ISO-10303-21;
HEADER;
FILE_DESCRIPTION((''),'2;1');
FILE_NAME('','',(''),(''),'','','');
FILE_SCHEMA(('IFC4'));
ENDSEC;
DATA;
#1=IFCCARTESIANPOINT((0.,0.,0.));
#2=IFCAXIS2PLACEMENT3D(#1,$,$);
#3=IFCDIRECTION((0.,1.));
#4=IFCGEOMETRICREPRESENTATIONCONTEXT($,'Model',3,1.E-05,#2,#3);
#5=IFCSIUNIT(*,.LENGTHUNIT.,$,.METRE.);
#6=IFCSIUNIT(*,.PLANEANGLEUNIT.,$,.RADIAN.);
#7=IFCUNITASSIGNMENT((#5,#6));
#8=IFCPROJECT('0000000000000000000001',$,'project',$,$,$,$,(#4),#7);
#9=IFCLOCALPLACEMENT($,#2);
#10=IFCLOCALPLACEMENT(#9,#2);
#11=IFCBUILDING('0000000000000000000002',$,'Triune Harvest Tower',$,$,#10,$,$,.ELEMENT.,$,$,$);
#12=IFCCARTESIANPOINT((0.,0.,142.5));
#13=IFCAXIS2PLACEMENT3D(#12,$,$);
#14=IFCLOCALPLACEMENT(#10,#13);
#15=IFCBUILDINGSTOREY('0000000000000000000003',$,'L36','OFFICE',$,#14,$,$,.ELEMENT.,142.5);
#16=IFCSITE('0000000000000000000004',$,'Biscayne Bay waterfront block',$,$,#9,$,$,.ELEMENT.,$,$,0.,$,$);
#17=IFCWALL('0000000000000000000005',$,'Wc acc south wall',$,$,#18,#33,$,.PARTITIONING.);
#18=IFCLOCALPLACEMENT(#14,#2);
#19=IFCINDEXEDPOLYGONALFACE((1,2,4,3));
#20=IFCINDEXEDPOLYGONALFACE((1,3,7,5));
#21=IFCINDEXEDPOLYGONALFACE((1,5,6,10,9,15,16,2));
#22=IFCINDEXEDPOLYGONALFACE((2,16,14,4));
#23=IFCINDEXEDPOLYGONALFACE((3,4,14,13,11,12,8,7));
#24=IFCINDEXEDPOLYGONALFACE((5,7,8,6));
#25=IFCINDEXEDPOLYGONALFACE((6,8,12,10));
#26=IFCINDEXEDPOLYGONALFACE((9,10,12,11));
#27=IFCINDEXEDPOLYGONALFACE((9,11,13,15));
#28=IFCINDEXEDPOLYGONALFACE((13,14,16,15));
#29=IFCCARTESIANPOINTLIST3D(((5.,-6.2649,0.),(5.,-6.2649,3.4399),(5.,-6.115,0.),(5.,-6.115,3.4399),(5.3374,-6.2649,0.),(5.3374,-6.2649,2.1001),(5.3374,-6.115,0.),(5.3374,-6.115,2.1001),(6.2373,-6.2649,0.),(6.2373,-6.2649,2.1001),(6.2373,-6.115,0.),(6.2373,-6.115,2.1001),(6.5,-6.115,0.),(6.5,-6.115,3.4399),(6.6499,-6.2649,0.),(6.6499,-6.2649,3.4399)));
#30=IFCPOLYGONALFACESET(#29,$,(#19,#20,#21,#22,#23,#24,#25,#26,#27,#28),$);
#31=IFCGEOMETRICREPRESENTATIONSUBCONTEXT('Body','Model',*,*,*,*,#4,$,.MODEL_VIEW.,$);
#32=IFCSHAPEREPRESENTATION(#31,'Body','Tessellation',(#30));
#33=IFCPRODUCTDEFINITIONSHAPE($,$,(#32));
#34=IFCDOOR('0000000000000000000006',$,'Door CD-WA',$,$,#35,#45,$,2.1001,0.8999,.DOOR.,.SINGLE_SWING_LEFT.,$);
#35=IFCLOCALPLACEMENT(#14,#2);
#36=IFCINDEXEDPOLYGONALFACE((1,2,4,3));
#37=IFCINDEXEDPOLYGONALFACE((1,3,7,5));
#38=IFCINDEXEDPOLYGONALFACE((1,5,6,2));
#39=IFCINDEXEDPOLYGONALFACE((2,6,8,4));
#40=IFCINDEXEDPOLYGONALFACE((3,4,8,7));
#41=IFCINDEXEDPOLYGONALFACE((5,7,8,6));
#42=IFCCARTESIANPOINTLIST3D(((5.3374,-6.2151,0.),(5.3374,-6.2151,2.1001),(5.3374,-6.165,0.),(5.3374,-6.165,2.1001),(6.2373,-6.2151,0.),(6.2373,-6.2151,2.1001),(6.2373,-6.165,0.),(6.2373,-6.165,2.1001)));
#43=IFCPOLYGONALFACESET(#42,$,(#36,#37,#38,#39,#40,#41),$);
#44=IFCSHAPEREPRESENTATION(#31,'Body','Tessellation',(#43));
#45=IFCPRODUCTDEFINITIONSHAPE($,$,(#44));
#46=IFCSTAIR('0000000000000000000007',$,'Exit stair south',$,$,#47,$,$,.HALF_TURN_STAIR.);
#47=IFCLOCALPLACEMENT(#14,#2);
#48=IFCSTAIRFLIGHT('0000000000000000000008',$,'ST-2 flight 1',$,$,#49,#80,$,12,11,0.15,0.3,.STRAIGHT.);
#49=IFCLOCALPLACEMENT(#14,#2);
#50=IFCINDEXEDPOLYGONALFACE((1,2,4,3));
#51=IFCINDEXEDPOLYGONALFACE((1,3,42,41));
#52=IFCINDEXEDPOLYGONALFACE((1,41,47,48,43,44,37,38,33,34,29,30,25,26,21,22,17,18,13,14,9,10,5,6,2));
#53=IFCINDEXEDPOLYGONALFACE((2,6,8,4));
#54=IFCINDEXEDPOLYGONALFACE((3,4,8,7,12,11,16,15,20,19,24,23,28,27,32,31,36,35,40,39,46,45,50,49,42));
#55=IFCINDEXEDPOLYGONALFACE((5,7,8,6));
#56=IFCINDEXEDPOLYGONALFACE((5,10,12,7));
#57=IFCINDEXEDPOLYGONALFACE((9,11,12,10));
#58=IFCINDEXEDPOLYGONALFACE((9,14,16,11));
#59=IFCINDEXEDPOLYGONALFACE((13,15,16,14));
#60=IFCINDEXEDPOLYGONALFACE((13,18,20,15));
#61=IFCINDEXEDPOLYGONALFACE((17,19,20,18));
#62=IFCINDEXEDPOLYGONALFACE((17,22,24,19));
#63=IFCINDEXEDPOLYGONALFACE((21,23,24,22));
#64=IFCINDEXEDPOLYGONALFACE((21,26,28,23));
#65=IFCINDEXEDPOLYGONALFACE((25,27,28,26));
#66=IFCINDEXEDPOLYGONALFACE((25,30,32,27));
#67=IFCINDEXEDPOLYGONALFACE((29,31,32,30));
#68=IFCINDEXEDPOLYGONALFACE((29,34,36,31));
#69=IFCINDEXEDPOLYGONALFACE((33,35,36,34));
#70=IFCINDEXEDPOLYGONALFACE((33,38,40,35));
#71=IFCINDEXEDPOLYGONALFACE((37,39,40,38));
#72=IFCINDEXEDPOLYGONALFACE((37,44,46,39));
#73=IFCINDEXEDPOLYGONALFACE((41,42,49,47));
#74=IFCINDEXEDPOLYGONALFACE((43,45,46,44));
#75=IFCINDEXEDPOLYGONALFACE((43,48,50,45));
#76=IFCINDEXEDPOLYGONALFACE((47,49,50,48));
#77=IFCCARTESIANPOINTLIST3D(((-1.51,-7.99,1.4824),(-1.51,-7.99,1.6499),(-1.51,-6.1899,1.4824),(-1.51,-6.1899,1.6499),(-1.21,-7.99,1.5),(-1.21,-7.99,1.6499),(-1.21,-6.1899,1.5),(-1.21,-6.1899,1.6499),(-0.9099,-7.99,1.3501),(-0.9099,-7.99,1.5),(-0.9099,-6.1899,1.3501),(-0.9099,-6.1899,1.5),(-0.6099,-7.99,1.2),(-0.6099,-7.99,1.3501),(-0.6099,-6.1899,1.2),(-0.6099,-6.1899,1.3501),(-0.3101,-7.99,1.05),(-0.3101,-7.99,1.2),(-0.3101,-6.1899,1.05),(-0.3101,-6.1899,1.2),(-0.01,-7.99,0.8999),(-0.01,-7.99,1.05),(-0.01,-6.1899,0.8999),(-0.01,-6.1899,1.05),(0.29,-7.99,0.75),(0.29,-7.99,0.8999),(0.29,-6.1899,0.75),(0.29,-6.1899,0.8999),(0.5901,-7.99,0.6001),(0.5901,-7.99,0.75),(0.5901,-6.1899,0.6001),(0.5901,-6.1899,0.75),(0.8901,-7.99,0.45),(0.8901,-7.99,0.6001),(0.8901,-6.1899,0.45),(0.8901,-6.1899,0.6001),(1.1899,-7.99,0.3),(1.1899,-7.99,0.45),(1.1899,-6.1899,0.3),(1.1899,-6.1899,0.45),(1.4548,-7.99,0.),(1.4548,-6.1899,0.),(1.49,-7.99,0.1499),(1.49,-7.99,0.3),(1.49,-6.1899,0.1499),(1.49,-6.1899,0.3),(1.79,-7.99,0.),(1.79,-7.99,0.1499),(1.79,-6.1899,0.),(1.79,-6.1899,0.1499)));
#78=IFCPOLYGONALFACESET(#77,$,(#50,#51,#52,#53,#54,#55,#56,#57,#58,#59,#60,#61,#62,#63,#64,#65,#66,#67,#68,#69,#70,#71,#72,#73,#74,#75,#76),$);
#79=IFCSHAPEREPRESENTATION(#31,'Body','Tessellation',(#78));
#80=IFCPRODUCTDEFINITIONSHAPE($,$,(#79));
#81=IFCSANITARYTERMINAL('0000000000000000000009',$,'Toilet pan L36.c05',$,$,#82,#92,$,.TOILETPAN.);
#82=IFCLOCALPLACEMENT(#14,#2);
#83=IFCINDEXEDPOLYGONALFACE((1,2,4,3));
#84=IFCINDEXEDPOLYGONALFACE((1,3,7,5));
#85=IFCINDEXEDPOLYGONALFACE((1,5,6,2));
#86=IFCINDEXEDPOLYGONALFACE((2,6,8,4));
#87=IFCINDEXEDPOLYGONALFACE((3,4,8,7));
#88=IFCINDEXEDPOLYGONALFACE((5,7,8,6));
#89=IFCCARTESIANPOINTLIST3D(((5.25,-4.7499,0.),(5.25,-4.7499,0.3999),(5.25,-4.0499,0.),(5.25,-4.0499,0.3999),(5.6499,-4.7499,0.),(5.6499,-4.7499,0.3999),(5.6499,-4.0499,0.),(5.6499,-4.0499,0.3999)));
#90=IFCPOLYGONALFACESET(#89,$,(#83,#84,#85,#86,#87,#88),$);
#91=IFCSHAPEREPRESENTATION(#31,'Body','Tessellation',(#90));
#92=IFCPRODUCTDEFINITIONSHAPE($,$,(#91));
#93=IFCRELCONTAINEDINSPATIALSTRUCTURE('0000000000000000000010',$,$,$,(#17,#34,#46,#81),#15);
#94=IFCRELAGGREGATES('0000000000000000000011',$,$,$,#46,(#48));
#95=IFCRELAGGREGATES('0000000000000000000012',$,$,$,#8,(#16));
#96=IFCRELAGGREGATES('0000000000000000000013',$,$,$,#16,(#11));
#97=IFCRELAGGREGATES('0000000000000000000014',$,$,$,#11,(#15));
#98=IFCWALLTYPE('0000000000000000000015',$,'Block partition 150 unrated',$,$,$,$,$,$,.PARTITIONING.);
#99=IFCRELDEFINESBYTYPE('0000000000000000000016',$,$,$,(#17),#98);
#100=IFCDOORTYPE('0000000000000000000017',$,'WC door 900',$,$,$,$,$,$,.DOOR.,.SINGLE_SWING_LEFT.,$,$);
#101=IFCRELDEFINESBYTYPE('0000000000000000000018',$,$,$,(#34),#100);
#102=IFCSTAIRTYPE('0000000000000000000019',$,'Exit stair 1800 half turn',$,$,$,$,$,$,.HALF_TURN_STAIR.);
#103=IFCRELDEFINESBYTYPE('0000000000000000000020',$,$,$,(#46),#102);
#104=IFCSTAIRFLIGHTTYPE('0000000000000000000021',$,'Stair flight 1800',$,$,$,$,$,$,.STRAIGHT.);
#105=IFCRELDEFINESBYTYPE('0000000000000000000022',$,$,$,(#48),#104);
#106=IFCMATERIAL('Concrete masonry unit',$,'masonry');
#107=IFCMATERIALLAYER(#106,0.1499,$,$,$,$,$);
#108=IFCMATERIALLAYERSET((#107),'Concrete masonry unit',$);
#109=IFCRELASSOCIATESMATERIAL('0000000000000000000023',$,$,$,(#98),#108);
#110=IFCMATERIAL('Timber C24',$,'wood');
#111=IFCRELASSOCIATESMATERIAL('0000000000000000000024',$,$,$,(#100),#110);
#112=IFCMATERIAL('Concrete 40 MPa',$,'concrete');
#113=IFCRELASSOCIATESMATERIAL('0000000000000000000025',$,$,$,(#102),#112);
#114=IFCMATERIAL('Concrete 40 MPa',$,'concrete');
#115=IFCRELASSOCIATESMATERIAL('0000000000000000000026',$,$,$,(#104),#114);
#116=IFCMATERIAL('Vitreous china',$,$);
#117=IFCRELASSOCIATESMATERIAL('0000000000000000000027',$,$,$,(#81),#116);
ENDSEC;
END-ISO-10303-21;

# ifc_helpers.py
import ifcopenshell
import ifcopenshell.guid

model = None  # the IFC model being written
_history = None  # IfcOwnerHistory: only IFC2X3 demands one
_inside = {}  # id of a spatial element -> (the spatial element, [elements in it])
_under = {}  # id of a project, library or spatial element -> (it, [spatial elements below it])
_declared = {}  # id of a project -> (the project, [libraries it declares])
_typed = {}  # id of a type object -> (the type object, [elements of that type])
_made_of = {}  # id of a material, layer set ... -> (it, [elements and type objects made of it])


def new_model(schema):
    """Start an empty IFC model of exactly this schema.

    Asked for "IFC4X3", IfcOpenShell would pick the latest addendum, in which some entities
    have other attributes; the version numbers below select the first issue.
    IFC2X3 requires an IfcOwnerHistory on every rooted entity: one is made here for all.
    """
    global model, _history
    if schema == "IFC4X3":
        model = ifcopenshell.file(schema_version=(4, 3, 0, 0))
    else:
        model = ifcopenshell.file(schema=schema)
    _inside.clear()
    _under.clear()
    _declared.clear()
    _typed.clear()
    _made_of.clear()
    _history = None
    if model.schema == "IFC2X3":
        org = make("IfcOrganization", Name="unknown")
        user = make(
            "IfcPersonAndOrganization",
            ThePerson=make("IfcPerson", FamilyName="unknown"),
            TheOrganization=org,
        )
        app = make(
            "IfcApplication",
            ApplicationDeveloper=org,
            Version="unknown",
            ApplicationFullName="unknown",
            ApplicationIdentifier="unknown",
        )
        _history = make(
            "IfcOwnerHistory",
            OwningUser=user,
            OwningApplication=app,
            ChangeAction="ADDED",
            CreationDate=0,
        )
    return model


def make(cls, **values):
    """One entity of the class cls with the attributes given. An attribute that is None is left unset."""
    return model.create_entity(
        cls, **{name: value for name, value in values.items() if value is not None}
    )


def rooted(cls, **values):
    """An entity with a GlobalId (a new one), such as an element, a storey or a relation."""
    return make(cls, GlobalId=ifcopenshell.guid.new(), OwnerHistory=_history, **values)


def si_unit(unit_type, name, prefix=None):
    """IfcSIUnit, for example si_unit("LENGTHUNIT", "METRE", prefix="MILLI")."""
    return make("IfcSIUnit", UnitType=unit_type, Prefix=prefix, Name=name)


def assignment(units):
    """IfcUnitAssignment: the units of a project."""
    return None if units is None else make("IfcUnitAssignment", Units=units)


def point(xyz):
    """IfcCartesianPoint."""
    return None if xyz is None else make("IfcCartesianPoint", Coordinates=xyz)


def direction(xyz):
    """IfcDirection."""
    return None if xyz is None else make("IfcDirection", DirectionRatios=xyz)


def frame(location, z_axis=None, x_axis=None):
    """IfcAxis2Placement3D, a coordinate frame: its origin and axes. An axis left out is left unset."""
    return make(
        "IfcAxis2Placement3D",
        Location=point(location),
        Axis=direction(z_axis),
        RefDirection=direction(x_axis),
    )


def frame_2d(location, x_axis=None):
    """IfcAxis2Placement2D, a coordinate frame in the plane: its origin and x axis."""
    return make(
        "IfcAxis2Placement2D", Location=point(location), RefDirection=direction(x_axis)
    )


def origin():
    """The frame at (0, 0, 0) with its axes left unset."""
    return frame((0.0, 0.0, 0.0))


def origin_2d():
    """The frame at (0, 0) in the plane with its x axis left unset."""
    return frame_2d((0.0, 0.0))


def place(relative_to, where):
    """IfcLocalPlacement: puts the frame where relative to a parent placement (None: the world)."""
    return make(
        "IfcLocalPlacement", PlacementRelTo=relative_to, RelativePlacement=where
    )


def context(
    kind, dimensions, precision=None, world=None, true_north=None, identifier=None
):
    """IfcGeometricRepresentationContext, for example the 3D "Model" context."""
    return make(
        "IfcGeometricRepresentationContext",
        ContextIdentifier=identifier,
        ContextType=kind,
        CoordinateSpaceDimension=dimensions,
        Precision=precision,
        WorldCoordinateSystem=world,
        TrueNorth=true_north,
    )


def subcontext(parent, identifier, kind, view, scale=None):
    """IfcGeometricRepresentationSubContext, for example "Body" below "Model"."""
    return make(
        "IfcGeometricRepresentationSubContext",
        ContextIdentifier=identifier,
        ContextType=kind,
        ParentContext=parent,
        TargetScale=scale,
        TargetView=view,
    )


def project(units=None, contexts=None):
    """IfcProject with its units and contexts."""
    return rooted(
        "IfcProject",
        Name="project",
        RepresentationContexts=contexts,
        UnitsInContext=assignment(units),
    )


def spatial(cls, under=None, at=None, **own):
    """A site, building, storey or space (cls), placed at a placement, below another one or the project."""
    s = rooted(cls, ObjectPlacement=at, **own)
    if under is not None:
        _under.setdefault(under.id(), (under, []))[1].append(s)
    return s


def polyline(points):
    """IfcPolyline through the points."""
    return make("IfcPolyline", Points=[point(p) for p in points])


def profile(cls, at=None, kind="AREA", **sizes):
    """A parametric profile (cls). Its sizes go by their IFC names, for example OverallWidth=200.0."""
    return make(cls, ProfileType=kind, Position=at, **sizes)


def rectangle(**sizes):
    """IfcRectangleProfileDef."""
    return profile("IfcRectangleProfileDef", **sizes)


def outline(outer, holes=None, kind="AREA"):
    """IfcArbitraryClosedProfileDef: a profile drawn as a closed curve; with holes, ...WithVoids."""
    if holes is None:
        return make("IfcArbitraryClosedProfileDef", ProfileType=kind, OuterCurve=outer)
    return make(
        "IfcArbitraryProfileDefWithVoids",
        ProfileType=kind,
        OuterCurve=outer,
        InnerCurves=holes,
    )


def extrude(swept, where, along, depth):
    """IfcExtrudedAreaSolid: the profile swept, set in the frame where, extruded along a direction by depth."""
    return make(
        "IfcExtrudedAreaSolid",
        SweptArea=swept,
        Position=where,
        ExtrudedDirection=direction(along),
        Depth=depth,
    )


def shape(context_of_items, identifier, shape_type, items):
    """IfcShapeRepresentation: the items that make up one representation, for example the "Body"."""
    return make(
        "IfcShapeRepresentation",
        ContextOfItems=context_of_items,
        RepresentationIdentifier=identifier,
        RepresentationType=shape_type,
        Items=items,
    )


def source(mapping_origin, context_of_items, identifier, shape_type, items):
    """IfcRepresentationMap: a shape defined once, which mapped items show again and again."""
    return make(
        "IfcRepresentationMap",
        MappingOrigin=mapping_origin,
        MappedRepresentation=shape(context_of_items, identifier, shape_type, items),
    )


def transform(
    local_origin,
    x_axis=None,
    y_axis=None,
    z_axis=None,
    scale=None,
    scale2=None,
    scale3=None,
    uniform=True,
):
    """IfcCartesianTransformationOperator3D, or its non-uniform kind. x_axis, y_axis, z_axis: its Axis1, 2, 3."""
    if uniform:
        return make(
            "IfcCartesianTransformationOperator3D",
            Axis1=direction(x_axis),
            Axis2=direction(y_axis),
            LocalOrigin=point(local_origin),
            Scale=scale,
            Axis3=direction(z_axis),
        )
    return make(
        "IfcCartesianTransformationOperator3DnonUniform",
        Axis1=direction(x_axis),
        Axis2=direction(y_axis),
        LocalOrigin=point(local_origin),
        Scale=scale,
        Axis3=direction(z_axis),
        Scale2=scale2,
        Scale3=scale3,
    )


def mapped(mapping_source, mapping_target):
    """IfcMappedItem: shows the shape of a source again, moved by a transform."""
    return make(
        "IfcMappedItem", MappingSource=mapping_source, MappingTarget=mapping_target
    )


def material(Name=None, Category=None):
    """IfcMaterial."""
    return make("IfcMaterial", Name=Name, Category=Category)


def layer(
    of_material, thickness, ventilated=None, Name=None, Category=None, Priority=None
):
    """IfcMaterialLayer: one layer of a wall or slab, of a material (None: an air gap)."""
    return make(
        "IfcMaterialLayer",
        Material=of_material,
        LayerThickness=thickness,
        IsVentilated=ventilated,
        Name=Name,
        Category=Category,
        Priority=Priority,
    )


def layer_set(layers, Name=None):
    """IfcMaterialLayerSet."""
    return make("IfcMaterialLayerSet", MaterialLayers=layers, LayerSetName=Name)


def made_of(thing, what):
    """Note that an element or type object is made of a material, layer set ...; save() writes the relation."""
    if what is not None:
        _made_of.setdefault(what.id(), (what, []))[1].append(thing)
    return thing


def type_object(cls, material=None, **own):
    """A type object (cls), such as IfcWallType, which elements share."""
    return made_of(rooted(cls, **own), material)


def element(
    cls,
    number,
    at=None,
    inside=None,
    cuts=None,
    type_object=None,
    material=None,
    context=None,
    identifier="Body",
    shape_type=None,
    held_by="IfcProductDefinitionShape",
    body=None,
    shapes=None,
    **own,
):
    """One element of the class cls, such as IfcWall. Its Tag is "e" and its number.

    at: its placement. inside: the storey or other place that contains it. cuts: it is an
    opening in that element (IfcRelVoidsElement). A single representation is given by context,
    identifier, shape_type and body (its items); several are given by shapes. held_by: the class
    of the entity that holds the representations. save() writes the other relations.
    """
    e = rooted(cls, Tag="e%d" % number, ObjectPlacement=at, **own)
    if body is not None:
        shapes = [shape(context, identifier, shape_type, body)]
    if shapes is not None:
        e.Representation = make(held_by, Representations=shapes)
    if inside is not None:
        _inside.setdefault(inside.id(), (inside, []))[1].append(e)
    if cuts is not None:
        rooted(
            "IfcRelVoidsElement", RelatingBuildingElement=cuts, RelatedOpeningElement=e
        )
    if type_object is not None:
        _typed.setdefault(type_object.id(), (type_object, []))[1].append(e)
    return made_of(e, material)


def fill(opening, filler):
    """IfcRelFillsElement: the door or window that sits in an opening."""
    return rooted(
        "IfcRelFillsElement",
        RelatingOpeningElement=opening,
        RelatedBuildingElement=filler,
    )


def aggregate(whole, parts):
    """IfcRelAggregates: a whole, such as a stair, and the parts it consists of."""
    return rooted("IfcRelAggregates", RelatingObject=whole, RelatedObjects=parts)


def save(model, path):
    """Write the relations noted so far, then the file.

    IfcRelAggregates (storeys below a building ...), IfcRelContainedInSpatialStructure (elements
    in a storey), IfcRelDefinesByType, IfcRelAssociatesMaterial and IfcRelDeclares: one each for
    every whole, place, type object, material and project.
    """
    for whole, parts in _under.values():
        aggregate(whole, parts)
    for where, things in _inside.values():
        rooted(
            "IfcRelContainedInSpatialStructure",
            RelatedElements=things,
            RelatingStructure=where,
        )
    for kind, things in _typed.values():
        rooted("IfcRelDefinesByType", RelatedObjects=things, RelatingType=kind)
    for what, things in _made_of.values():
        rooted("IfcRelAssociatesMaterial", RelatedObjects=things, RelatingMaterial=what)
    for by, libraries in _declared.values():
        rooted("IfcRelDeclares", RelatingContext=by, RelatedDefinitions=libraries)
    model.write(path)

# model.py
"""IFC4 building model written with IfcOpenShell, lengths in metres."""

from ifc_helpers import new_model, si_unit, direction, frame, frame_2d, origin, origin_2d, place, context, subcontext, project, spatial, polyline, rectangle, outline, extrude, source, transform, mapped, material, layer, layer_set, type_object, element, fill, aggregate, save


model = new_model("IFC4")

# Units and contexts
model_context = context("Model", 3, precision=1e-05, world=origin(), true_north=direction((0.0, 1.0)))
body_context = subcontext(model_context, "Body", "Model", "MODEL_VIEW")
ifc_project = project(units=[si_unit("LENGTHUNIT", "METRE"), si_unit("PLANEANGLEUNIT", "RADIAN")], contexts=[model_context])

# Site, building, storey
site_placement = place(None, origin())
site = spatial("IfcSite", under=ifc_project, at=site_placement, Name="Biscayne Bay waterfront block", CompositionType="ELEMENT", RefElevation=0.0)
building_placement = place(site_placement, origin())
building = spatial("IfcBuilding", under=site, at=building_placement, Name="Triune Harvest Tower", CompositionType="ELEMENT")
storey_placement = place(building_placement, frame((0.0, 0.0, 142.5)))
storey = spatial("IfcBuildingStorey", under=building, at=storey_placement, Name="L36", Description="OFFICE", CompositionType="ELEMENT", Elevation=142.5)

# Wall, opening, door
ifc_material_1 = material(Name="Concrete masonry unit", Category="masonry")
ifc_layer_1 = layer(ifc_material_1, 0.1499)
ifc_layer_set_1 = layer_set([ifc_layer_1], Name="Concrete masonry unit")
wall_type_1 = type_object("IfcWallType", Name="Block partition 150 unrated", PredefinedType="PARTITIONING", material=ifc_layer_set_1)
shared_shape_1 = source(origin(), body_context, "Body", "SweptSolid", [
    extrude(outline(polyline([(0.0, -0.075), (1.6499, -0.075), (1.5, 0.075), (0.0, 0.075), (0.0, -0.075)])), origin(), (0.0, 0.0, 1.0), 3.4399),
])
wall_1_placement = place(storey_placement, frame((5.0, -6.1899, 0.0), z_axis=(0.0, 0.0, 1.0), x_axis=(1.0, 0.0, 0.0)))
wall_1 = element("IfcWall", 1, at=wall_1_placement, inside=storey, type_object=wall_type_1, Name="Wc acc south wall", PredefinedType="PARTITIONING", context=body_context, shape_type="MappedRepresentation", body=[
    mapped(shared_shape_1, transform((0.0, 0.0, 0.0), scale=1.0)),
])
opening_1_placement = place(wall_1_placement, frame((0.3374, 0.0, 0.0)))
opening_1 = element("IfcOpeningElement", 2, at=opening_1_placement, cuts=wall_1, PredefinedType="OPENING", context=body_context, shape_type="SweptSolid", body=[
    extrude(rectangle(XDim=0.8999, YDim=2.1001, at=frame_2d((0.45, 1.05))), frame((0.0, 0.085, 0.0), z_axis=(0.0, -1.0, 0.0), x_axis=(1.0, 0.0, 0.0)), (0.0, 0.0, 1.0), 0.1699),
])
ifc_material_2 = material(Name="Timber C24", Category="wood")
door_type_1 = type_object("IfcDoorType", Name="WC door 900", OperationType="SINGLE_SWING_LEFT", PredefinedType="DOOR", material=ifc_material_2)
door_1_placement = place(opening_1_placement, origin())
door_1 = element("IfcDoor", 3, at=door_1_placement, inside=storey, type_object=door_type_1, Name="Door CD-WA", OperationType="SINGLE_SWING_LEFT", OverallHeight=2.1001, OverallWidth=0.8999, PredefinedType="DOOR", context=body_context, shape_type="SweptSolid", body=[
    extrude(rectangle(XDim=0.8999, YDim=2.1001, at=frame_2d((0.45, 1.05))), frame((0.0, 0.0249, 0.0), z_axis=(0.0, -1.0, 0.0), x_axis=(1.0, 0.0, 0.0)), (0.0, 0.0, 1.0), 0.05),
])
fill(opening_1, door_1)

# Stair, stair flight
ifc_material_3 = material(Name="Concrete 40 MPa", Category="concrete")
stair_type = type_object("IfcStairType", Name="Exit stair 1800 half turn", PredefinedType="HALF_TURN_STAIR", material=ifc_material_3)
stair_placement = place(storey_placement, origin())
stair = element("IfcStair", 4, at=stair_placement, inside=storey, type_object=stair_type, Name="Exit stair south", PredefinedType="HALF_TURN_STAIR")
ifc_material_4 = material(Name="Concrete 40 MPa", Category="concrete")
stair_flight_type = type_object("IfcStairFlightType", Name="Stair flight 1800", PredefinedType="STRAIGHT", material=ifc_material_4)
shared_shape_2 = source(origin(), body_context, "Body", "SweptSolid", [
    extrude(outline(polyline([(0.0, 0.0), (0.0, 0.1499), (0.3, 0.1499), (0.3, 0.3), (0.6001, 0.3), (0.6001, 0.45), (0.8999, 0.45), (0.8999, 0.6001), (1.2, 0.6001), (1.2, 0.75), (1.5, 0.75), (1.5, 0.8999), (1.8, 0.8999), (1.8, 1.05), (2.1001, 1.05), (2.1001, 1.2), (2.3999, 1.2), (2.3999, 1.3501), (2.7, 1.3501), (2.7, 1.5), (3.0, 1.5), (3.0, 1.6499), (3.3, 1.6499), (3.3, 1.8), (3.3, 1.4824), (0.3352, 0.0), (0.0, 0.0)])), frame((0.0, 0.8999, 0.0), z_axis=(0.0, -1.0, 0.0), x_axis=(1.0, 0.0, 0.0)), (0.0, 0.0, 1.0), 1.8),
])
stair_flight_placement = place(storey_placement, frame((1.79, -7.0901, 0.0), z_axis=(0.0, 0.0, 1.0), x_axis=(-1.0, 0.0, 0.0)))
stair_flight = element("IfcStairFlight", 5, at=stair_flight_placement, type_object=stair_flight_type, Name="ST-2 flight 1", NumberOfRisers=12, NumberOfTreads=11, PredefinedType="STRAIGHT", RiserHeight=0.15, TreadLength=0.3, context=body_context, shape_type="MappedRepresentation", body=[
    mapped(shared_shape_2, transform((0.0, 0.0, 0.0), scale=1.0)),
])
aggregate(stair, [stair_flight])

# Sanitary terminal
ifc_material_5 = material(Name="Vitreous china")
shared_shape_3 = source(origin(), body_context, "Body", "SweptSolid", [
    extrude(rectangle(XDim=0.3999, YDim=0.7, at=origin_2d()), origin(), (0.0, 0.0, 1.0), 0.3999),
])
sanitary_terminal_placement = place(storey_placement, frame((5.45, -4.3999, 0.0), z_axis=(0.0, 0.0, 1.0), x_axis=(1.0, 0.0, 0.0)))
element("IfcSanitaryTerminal", 6, at=sanitary_terminal_placement, inside=storey, material=ifc_material_5, Name="Toilet pan L36.c05", PredefinedType="TOILETPAN", context=body_context, shape_type="MappedRepresentation", body=[
    mapped(shared_shape_3, transform((0.0, 0.0, 0.0), scale=1.0)),
])

save(model, "model.ifc")
